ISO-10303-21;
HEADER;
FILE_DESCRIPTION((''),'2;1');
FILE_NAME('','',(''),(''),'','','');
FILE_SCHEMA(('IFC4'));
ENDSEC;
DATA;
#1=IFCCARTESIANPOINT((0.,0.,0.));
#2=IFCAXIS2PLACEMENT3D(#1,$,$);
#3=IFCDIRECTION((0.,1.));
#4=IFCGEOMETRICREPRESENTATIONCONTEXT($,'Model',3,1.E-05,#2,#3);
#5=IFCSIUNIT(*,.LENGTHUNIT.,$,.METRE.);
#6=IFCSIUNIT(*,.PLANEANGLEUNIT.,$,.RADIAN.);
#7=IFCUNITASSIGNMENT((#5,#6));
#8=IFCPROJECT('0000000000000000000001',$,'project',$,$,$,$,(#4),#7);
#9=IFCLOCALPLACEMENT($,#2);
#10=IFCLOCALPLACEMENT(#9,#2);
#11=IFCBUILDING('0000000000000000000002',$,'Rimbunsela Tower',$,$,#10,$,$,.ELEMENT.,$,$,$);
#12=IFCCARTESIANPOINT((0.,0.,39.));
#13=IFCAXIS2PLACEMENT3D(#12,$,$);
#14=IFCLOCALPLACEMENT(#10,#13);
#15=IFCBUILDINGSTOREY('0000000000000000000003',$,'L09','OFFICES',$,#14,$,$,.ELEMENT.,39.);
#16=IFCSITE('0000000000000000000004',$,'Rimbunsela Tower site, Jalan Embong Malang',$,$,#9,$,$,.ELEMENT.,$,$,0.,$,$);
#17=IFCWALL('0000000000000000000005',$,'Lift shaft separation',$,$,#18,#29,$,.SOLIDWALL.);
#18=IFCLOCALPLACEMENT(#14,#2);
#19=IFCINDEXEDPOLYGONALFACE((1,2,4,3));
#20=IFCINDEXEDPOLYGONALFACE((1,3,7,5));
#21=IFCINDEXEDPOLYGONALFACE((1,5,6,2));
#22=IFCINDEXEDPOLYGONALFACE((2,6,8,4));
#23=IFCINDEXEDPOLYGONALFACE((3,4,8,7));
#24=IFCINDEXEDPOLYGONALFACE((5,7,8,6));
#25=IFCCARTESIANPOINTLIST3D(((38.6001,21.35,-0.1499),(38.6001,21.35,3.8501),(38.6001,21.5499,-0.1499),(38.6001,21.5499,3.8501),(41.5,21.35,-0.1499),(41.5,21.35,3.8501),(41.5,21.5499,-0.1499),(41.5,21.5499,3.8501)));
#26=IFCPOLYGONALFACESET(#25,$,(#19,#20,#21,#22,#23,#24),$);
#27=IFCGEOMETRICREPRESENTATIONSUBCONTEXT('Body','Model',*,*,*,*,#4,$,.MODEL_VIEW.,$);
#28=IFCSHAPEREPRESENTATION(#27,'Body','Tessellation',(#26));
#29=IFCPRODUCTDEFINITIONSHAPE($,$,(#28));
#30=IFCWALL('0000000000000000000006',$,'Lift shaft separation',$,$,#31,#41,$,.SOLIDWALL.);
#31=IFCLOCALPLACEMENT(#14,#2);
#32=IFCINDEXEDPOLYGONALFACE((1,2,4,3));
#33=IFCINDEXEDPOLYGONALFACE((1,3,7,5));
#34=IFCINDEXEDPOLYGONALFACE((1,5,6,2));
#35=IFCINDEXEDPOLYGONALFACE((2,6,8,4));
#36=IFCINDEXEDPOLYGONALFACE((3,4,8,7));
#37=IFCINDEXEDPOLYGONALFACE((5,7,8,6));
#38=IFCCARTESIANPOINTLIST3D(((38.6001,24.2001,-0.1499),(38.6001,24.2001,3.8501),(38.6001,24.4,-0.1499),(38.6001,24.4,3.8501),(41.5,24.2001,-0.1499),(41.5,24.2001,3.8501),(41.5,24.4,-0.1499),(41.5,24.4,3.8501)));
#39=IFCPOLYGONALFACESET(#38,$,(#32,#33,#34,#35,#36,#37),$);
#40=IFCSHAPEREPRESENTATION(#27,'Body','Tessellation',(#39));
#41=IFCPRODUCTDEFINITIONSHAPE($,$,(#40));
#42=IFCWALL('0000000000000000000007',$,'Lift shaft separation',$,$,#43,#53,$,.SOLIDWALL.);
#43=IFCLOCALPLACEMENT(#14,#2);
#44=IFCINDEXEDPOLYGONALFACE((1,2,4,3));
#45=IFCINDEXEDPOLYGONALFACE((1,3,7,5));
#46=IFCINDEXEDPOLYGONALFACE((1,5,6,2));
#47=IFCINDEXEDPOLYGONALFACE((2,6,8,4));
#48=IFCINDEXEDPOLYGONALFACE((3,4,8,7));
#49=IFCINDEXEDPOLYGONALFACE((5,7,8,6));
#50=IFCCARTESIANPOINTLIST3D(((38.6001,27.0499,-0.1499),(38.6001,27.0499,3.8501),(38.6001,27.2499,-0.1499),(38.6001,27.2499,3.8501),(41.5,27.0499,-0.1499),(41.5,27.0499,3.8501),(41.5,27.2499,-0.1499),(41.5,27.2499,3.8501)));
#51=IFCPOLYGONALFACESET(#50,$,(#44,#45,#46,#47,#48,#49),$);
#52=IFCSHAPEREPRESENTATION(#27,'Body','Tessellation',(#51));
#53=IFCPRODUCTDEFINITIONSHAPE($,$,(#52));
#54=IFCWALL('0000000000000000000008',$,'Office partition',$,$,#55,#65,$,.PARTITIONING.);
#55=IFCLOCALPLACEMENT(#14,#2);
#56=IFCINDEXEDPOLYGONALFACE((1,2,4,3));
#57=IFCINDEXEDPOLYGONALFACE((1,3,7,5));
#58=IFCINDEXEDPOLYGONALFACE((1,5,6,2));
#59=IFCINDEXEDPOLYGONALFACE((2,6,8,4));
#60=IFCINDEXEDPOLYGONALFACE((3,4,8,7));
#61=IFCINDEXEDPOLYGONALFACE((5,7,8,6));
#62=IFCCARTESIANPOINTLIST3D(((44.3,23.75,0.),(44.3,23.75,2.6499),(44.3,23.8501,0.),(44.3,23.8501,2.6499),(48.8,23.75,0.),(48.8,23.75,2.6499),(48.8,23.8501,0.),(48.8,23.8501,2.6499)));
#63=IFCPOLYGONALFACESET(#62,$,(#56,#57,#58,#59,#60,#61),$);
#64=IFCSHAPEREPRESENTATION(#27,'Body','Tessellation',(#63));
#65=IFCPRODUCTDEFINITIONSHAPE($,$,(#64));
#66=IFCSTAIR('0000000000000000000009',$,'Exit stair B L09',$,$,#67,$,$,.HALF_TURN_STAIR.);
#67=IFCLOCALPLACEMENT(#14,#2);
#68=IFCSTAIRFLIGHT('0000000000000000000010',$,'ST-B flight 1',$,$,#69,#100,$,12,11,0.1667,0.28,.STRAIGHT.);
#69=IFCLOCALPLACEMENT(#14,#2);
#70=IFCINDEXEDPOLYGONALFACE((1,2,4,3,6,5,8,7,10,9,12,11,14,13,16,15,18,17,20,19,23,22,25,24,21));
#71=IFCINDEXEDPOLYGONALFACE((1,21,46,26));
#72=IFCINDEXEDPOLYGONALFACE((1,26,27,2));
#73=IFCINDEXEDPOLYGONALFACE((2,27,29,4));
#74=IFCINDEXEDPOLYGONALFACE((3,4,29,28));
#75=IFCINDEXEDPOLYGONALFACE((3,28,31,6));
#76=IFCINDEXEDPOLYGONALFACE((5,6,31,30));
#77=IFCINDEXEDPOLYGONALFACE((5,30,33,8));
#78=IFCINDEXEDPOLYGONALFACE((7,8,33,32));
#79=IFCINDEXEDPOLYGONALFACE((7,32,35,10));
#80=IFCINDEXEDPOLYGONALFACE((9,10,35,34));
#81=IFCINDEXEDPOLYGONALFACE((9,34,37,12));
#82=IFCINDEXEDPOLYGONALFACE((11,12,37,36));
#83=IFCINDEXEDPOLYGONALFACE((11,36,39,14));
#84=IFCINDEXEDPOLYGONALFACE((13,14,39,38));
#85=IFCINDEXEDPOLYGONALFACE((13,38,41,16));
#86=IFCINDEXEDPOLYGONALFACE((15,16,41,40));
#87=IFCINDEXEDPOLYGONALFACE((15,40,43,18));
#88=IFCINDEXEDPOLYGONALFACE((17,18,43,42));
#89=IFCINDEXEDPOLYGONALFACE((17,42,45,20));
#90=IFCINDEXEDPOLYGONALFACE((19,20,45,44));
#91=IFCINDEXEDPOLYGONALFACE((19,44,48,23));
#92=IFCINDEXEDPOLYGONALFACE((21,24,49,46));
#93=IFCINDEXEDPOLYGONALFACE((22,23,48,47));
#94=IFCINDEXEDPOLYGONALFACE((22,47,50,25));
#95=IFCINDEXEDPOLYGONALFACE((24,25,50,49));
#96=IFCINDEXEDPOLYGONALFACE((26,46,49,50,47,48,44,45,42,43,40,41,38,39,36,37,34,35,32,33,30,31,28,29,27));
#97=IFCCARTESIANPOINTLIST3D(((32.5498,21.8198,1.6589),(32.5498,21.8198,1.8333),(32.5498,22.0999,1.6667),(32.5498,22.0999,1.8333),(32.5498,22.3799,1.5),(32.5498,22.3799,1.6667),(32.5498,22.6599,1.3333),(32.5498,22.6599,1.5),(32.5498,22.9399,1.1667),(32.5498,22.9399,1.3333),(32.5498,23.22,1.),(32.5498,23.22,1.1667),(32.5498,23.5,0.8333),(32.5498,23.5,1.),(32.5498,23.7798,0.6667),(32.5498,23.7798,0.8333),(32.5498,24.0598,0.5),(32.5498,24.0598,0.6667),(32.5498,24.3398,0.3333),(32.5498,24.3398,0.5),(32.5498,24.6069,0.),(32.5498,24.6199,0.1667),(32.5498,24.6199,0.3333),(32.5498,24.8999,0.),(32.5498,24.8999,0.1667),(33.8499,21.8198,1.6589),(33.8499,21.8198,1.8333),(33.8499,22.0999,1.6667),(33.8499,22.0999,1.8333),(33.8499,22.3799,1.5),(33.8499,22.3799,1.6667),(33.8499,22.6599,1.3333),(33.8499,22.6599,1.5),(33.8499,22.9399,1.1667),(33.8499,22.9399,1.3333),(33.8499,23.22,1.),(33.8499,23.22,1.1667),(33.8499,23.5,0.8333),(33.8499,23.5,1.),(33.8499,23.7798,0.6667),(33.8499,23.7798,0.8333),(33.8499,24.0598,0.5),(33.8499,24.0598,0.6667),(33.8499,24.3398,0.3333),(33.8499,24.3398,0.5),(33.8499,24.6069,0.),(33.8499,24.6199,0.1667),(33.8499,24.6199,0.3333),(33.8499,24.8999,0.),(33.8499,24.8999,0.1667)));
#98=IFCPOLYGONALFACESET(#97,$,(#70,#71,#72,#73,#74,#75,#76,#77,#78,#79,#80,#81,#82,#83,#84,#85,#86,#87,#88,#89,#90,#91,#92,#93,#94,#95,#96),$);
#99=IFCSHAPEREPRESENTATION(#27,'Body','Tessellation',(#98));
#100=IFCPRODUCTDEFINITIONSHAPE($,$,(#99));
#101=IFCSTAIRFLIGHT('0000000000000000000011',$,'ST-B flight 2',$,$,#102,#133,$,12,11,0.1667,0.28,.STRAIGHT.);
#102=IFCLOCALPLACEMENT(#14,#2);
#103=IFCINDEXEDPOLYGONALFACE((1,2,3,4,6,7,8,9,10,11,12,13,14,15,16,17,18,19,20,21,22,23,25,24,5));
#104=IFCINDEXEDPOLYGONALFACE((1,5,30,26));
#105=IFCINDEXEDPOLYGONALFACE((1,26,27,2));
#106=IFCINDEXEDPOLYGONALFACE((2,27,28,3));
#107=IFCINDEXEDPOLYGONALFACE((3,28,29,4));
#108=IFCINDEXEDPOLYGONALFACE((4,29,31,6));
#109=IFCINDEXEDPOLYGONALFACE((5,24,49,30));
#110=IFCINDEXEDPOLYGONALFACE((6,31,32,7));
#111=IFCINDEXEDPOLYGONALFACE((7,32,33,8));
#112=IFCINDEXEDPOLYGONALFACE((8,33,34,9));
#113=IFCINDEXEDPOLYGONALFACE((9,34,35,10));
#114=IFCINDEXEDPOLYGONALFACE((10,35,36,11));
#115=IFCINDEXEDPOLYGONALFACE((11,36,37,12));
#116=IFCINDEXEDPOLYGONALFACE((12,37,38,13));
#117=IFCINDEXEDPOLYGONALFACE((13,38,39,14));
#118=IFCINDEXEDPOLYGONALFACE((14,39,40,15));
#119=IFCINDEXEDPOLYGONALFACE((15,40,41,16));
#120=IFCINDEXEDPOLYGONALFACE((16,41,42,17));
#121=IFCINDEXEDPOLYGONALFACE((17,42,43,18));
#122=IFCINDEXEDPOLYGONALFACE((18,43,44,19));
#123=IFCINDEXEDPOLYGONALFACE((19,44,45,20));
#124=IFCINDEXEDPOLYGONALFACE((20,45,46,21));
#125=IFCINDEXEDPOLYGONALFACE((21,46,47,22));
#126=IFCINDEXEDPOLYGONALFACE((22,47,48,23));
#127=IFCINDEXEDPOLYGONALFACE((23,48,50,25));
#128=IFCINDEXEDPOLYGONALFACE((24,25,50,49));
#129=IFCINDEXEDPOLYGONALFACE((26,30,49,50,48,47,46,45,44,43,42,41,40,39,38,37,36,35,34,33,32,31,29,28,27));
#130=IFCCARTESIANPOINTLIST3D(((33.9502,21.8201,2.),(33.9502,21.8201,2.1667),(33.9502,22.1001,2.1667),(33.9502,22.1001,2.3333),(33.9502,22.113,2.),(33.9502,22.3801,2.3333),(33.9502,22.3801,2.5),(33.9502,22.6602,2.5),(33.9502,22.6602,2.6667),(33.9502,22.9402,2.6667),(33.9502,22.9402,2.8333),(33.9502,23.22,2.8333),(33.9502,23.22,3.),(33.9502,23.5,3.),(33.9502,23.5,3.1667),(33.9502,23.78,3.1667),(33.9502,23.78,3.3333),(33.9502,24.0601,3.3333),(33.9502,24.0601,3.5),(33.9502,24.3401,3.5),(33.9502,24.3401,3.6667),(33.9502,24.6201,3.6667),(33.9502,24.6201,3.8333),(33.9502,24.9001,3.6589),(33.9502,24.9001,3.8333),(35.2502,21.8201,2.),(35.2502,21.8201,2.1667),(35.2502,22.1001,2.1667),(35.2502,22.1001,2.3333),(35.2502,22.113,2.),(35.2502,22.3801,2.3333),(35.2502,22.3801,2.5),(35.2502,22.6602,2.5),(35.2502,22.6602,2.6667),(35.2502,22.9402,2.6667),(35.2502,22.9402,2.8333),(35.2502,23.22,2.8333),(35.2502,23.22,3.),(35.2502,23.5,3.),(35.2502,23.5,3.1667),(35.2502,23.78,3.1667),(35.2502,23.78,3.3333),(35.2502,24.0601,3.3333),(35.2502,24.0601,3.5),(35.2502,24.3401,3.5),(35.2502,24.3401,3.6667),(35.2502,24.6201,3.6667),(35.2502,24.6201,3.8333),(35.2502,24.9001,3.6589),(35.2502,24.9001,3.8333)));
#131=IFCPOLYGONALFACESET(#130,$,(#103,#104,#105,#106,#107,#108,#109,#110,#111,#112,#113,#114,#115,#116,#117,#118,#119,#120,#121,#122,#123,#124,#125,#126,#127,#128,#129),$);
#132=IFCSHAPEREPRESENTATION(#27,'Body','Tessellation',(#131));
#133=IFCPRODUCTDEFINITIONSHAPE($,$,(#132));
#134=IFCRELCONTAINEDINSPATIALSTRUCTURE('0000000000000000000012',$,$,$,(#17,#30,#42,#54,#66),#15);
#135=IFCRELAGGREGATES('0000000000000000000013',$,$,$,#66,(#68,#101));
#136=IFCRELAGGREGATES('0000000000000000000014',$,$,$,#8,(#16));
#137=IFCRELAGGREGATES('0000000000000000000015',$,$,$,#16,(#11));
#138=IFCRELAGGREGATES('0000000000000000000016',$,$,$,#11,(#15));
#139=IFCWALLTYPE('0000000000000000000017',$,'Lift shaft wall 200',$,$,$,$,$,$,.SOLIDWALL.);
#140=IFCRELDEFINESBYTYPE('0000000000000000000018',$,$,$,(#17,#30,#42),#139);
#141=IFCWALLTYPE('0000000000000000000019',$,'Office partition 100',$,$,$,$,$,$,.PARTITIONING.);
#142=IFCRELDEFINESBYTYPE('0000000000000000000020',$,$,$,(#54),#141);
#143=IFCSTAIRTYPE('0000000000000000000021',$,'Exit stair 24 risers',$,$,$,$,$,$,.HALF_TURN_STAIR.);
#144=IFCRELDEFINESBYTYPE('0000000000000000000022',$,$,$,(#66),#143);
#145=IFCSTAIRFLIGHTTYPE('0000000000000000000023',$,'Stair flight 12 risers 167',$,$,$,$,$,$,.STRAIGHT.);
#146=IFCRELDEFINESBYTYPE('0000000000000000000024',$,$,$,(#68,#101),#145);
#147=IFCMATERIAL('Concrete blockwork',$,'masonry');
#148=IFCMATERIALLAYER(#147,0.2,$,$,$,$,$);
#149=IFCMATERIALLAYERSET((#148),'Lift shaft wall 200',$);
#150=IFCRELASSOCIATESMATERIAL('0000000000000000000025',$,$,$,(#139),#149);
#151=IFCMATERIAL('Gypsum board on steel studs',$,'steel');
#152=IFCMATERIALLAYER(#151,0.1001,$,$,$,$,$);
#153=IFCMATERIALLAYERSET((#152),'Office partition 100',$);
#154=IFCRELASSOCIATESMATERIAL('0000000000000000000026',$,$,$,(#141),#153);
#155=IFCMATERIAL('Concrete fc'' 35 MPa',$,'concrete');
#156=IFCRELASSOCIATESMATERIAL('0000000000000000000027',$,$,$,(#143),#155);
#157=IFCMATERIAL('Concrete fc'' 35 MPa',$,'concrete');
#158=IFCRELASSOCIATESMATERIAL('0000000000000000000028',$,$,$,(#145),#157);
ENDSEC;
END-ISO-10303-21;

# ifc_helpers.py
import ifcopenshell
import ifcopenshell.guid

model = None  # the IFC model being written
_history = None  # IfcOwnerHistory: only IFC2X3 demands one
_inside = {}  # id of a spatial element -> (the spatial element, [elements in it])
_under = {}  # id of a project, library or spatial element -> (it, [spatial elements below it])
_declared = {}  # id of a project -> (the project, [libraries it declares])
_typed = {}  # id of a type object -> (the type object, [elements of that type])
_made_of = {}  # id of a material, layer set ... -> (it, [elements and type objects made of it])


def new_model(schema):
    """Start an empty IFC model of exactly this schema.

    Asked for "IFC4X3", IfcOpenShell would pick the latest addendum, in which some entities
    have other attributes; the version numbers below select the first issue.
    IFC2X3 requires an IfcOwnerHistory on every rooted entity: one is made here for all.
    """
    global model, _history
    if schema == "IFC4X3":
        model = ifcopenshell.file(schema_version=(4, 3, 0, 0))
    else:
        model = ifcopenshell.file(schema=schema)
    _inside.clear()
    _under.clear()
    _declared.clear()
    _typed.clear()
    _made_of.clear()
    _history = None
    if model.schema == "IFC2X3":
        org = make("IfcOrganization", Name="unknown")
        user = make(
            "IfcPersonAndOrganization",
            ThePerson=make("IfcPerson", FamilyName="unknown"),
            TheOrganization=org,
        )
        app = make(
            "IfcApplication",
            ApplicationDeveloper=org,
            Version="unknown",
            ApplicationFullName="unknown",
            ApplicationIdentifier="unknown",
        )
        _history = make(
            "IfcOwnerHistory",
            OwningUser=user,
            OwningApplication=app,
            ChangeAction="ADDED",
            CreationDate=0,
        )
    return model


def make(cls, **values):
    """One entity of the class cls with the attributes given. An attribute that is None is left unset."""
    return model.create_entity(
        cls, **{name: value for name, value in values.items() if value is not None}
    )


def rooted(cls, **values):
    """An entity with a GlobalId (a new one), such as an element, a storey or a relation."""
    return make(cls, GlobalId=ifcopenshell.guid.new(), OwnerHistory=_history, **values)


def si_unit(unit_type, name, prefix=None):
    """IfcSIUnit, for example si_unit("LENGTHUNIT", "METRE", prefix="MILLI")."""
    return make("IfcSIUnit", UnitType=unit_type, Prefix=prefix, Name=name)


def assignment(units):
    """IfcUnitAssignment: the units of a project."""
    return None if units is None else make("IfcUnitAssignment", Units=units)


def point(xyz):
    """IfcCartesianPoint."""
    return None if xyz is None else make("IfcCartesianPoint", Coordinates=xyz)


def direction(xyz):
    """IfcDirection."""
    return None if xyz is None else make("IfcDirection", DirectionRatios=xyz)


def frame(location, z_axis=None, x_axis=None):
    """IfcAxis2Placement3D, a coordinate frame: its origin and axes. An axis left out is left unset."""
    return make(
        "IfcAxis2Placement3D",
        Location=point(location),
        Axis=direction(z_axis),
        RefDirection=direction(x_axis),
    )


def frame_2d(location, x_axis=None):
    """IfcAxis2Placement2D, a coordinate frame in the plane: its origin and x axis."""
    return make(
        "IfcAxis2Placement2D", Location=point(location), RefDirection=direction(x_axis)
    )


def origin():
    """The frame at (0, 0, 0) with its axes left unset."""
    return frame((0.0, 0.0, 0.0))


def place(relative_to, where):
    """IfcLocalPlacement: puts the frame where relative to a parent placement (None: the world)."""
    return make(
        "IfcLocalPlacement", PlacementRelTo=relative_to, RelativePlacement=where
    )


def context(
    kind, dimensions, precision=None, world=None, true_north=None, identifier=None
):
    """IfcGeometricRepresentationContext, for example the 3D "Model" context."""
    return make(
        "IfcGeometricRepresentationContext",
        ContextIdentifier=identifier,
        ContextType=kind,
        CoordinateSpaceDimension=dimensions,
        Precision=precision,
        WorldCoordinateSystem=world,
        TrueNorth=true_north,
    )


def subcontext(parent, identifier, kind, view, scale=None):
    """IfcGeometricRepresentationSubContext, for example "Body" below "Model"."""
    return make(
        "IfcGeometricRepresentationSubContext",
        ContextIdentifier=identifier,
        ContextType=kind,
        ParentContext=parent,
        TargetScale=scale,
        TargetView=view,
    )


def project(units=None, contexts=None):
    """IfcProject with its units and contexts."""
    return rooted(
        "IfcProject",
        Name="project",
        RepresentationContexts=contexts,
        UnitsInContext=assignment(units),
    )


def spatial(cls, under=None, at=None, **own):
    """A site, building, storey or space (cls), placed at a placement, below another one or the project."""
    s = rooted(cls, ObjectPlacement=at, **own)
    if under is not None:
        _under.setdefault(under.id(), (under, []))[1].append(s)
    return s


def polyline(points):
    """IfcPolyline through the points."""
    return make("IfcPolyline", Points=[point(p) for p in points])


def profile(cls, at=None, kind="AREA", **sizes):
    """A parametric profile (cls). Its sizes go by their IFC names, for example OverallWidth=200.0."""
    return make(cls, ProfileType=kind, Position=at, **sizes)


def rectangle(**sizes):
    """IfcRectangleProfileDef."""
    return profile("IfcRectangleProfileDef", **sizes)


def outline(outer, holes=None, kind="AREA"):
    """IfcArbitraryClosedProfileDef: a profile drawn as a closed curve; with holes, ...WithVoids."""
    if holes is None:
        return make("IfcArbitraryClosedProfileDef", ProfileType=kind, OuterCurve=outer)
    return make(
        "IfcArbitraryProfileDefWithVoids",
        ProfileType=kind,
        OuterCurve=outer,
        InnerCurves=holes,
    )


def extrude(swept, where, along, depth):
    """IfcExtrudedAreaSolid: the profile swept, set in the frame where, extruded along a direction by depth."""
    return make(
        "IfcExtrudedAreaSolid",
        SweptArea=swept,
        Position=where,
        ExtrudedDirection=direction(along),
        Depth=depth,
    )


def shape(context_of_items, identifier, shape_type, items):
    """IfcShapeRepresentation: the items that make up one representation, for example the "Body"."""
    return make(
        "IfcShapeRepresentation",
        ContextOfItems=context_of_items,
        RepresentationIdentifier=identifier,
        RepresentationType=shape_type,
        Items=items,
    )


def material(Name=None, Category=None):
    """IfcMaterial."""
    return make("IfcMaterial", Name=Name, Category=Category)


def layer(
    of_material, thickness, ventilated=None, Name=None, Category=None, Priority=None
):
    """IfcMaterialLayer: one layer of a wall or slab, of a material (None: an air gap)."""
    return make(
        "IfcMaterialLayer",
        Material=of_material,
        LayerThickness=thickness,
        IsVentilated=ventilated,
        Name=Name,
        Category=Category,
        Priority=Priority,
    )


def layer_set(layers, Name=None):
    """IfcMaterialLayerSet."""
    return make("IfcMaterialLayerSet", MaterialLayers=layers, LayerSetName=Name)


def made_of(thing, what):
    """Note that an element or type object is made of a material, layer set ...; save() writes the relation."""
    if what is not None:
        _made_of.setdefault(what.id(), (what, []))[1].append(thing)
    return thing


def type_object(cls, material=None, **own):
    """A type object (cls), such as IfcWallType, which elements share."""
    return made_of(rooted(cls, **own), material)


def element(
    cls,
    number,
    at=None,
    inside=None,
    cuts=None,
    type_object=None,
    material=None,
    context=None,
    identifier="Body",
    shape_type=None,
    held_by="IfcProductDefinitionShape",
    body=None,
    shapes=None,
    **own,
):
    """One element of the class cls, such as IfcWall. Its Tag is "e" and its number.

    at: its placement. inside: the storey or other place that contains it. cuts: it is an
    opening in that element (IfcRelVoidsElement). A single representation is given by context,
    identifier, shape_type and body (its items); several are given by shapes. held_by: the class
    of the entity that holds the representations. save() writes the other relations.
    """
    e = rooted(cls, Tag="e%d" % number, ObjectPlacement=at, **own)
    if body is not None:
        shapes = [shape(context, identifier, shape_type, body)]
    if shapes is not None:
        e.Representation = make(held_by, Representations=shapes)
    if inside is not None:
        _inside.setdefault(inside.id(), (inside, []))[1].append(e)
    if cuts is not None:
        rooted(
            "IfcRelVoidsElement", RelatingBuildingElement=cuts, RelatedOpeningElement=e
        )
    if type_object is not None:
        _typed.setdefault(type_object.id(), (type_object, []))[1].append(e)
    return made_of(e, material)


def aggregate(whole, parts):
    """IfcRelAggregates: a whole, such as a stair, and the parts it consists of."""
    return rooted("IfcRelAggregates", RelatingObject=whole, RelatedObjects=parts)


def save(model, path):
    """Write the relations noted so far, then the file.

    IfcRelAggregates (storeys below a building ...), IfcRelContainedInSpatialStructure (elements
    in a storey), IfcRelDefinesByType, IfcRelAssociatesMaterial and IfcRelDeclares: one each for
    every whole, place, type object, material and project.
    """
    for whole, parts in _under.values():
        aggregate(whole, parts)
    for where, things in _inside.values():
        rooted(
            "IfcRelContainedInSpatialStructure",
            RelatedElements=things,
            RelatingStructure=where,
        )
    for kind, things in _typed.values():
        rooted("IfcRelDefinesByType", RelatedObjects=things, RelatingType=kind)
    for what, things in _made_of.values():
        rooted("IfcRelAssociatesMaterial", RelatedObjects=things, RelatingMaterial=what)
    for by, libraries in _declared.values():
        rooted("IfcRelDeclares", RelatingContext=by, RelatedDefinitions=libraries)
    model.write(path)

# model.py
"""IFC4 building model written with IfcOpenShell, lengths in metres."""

from ifc_helpers import new_model, si_unit, direction, frame, frame_2d, origin, place, context, subcontext, project, spatial, polyline, rectangle, outline, extrude, material, layer, layer_set, type_object, element, aggregate, save


model = new_model("IFC4")

# Units and contexts
model_context = context("Model", 3, precision=1e-05, world=origin(), true_north=direction((0.0, 1.0)))
body_context = subcontext(model_context, "Body", "Model", "MODEL_VIEW")
ifc_project = project(units=[si_unit("LENGTHUNIT", "METRE"), si_unit("PLANEANGLEUNIT", "RADIAN")], contexts=[model_context])

# Site, building, storey
site_placement = place(None, origin())
site = spatial("IfcSite", under=ifc_project, at=site_placement, Name="Rimbunsela Tower site, Jalan Embong Malang", CompositionType="ELEMENT", RefElevation=0.0)
building_placement = place(site_placement, origin())
building = spatial("IfcBuilding", under=site, at=building_placement, Name="Rimbunsela Tower", CompositionType="ELEMENT")
storey_placement = place(building_placement, frame((0.0, 0.0, 39.0)))
storey = spatial("IfcBuildingStorey", under=building, at=storey_placement, Name="L09", Description="OFFICES", CompositionType="ELEMENT", Elevation=39.0)

# Walls
ifc_material_1 = material(Name="Concrete blockwork", Category="masonry")
ifc_layer_1 = layer(ifc_material_1, 0.2)
ifc_layer_set_1 = layer_set([ifc_layer_1], Name="Lift shaft wall 200")
wall_type_1 = type_object("IfcWallType", Name="Lift shaft wall 200", PredefinedType="SOLIDWALL", material=ifc_layer_set_1)
for number, where, z_axis, x_axis, name in (
    (1, (38.6001, 21.45, -0.1499), (0.0, 0.0, 1.0), (1.0, 0.0, 0.0), "Lift shaft separation"),
    (2, (38.6001, 24.3, -0.1499), (0.0, 0.0, 1.0), (1.0, 0.0, 0.0), "Lift shaft separation"),
    (3, (38.6001, 27.1499, -0.1499), (0.0, 0.0, 1.0), (1.0, 0.0, 0.0), "Lift shaft separation"),
):
    element("IfcWall", number, at=place(storey_placement, frame(where, z_axis=z_axis, x_axis=x_axis)), inside=storey, type_object=wall_type_1, Name=name, PredefinedType="SOLIDWALL", context=body_context, shape_type="SweptSolid", body=[
        extrude(rectangle(XDim=2.8999, YDim=0.2, at=frame_2d((1.45, 0.0))), origin(), (0.0, 0.0, 1.0), 4.0),
    ])
ifc_material_2 = material(Name="Gypsum board on steel studs", Category="steel")
ifc_layer_2 = layer(ifc_material_2, 0.1001)
ifc_layer_set_2 = layer_set([ifc_layer_2], Name="Office partition 100")
wall_type_2 = type_object("IfcWallType", Name="Office partition 100", PredefinedType="PARTITIONING", material=ifc_layer_set_2)
wall_1_placement = place(storey_placement, frame((44.3, 23.8, 0.0), z_axis=(0.0, 0.0, 1.0), x_axis=(1.0, 0.0, 0.0)))
element("IfcWall", 4, at=wall_1_placement, inside=storey, type_object=wall_type_2, Name="Office partition", PredefinedType="PARTITIONING", context=body_context, shape_type="SweptSolid", body=[
    extrude(rectangle(XDim=4.5, YDim=0.1001, at=frame_2d((2.25, 0.0))), origin(), (0.0, 0.0, 1.0), 2.6499),
])

# Stair, stair flights
ifc_material_3 = material(Name="Concrete fc' 35 MPa", Category="concrete")
stair_type = type_object("IfcStairType", Name="Exit stair 24 risers", PredefinedType="HALF_TURN_STAIR", material=ifc_material_3)
stair_placement = place(storey_placement, origin())
stair = element("IfcStair", 5, at=stair_placement, inside=storey, type_object=stair_type, Name="Exit stair B L09", PredefinedType="HALF_TURN_STAIR")
ifc_material_4 = material(Name="Concrete fc' 35 MPa", Category="concrete")
stair_flight_type = type_object("IfcStairFlightType", Name="Stair flight 12 risers 167", PredefinedType="STRAIGHT", material=ifc_material_4)
stair_flight_1_placement = place(storey_placement, frame((33.2, 24.8999, 0.0), z_axis=(0.0, 0.0, 1.0), x_axis=(0.0, -1.0, 0.0)))
stair_flight_1 = element("IfcStairFlight", 6, at=stair_flight_1_placement, type_object=stair_flight_type, Name="ST-B flight 1", NumberOfRisers=12, NumberOfTreads=11, PredefinedType="STRAIGHT", RiserHeight=0.1667, TreadLength=0.28, context=body_context, shape_type="SweptSolid", body=[
    extrude(outline(polyline([(0.0, 0.0), (0.0, 0.1667), (0.28, 0.1667), (0.28, 0.3333), (0.5601, 0.3333), (0.5601, 0.5), (0.8401, 0.5), (0.8401, 0.6667), (1.1201, 0.6667), (1.1201, 0.8333), (1.3999, 0.8333), (1.3999, 1.0), (1.6799, 1.0), (1.6799, 1.1667), (1.96, 1.1667), (1.96, 1.3333), (2.24, 1.3333), (2.24, 1.5), (2.52, 1.5), (2.52, 1.6667), (2.8, 1.6667), (2.8, 1.8333), (3.0801, 1.8333), (3.0801, 2.0), (3.0801, 1.6589), (0.293, 0.0), (0.0, 0.0)])), frame((0.0, 0.6499, 0.0), z_axis=(0.0, -1.0, 0.0), x_axis=(1.0, 0.0, 0.0)), (0.0, 0.0, 1.0), 1.3),
])
stair_flight_2_placement = place(storey_placement, frame((34.6001, 21.8201, 2.0), z_axis=(0.0, 0.0, 1.0), x_axis=(0.0, 1.0, 0.0)))
stair_flight_2 = element("IfcStairFlight", 7, at=stair_flight_2_placement, type_object=stair_flight_type, Name="ST-B flight 2", NumberOfRisers=12, NumberOfTreads=11, PredefinedType="STRAIGHT", RiserHeight=0.1667, TreadLength=0.28, context=body_context, shape_type="SweptSolid", body=[
    extrude(outline(polyline([(0.0, 0.0), (0.0, 0.1667), (0.28, 0.1667), (0.28, 0.3333), (0.5601, 0.3333), (0.5601, 0.5), (0.8401, 0.5), (0.8401, 0.6667), (1.1201, 0.6667), (1.1201, 0.8333), (1.3999, 0.8333), (1.3999, 1.0), (1.6799, 1.0), (1.6799, 1.1667), (1.96, 1.1667), (1.96, 1.3333), (2.24, 1.3333), (2.24, 1.5), (2.52, 1.5), (2.52, 1.6667), (2.8, 1.6667), (2.8, 1.8333), (3.0801, 1.8333), (3.0801, 2.0), (3.0801, 1.6589), (0.293, 0.0), (0.0, 0.0)])), frame((0.0, 0.6499, 0.0), z_axis=(0.0, -1.0, 0.0), x_axis=(1.0, 0.0, 0.0)), (0.0, 0.0, 1.0), 1.3),
])
aggregate(stair, [stair_flight_1, stair_flight_2])

save(model, "model.ifc")
